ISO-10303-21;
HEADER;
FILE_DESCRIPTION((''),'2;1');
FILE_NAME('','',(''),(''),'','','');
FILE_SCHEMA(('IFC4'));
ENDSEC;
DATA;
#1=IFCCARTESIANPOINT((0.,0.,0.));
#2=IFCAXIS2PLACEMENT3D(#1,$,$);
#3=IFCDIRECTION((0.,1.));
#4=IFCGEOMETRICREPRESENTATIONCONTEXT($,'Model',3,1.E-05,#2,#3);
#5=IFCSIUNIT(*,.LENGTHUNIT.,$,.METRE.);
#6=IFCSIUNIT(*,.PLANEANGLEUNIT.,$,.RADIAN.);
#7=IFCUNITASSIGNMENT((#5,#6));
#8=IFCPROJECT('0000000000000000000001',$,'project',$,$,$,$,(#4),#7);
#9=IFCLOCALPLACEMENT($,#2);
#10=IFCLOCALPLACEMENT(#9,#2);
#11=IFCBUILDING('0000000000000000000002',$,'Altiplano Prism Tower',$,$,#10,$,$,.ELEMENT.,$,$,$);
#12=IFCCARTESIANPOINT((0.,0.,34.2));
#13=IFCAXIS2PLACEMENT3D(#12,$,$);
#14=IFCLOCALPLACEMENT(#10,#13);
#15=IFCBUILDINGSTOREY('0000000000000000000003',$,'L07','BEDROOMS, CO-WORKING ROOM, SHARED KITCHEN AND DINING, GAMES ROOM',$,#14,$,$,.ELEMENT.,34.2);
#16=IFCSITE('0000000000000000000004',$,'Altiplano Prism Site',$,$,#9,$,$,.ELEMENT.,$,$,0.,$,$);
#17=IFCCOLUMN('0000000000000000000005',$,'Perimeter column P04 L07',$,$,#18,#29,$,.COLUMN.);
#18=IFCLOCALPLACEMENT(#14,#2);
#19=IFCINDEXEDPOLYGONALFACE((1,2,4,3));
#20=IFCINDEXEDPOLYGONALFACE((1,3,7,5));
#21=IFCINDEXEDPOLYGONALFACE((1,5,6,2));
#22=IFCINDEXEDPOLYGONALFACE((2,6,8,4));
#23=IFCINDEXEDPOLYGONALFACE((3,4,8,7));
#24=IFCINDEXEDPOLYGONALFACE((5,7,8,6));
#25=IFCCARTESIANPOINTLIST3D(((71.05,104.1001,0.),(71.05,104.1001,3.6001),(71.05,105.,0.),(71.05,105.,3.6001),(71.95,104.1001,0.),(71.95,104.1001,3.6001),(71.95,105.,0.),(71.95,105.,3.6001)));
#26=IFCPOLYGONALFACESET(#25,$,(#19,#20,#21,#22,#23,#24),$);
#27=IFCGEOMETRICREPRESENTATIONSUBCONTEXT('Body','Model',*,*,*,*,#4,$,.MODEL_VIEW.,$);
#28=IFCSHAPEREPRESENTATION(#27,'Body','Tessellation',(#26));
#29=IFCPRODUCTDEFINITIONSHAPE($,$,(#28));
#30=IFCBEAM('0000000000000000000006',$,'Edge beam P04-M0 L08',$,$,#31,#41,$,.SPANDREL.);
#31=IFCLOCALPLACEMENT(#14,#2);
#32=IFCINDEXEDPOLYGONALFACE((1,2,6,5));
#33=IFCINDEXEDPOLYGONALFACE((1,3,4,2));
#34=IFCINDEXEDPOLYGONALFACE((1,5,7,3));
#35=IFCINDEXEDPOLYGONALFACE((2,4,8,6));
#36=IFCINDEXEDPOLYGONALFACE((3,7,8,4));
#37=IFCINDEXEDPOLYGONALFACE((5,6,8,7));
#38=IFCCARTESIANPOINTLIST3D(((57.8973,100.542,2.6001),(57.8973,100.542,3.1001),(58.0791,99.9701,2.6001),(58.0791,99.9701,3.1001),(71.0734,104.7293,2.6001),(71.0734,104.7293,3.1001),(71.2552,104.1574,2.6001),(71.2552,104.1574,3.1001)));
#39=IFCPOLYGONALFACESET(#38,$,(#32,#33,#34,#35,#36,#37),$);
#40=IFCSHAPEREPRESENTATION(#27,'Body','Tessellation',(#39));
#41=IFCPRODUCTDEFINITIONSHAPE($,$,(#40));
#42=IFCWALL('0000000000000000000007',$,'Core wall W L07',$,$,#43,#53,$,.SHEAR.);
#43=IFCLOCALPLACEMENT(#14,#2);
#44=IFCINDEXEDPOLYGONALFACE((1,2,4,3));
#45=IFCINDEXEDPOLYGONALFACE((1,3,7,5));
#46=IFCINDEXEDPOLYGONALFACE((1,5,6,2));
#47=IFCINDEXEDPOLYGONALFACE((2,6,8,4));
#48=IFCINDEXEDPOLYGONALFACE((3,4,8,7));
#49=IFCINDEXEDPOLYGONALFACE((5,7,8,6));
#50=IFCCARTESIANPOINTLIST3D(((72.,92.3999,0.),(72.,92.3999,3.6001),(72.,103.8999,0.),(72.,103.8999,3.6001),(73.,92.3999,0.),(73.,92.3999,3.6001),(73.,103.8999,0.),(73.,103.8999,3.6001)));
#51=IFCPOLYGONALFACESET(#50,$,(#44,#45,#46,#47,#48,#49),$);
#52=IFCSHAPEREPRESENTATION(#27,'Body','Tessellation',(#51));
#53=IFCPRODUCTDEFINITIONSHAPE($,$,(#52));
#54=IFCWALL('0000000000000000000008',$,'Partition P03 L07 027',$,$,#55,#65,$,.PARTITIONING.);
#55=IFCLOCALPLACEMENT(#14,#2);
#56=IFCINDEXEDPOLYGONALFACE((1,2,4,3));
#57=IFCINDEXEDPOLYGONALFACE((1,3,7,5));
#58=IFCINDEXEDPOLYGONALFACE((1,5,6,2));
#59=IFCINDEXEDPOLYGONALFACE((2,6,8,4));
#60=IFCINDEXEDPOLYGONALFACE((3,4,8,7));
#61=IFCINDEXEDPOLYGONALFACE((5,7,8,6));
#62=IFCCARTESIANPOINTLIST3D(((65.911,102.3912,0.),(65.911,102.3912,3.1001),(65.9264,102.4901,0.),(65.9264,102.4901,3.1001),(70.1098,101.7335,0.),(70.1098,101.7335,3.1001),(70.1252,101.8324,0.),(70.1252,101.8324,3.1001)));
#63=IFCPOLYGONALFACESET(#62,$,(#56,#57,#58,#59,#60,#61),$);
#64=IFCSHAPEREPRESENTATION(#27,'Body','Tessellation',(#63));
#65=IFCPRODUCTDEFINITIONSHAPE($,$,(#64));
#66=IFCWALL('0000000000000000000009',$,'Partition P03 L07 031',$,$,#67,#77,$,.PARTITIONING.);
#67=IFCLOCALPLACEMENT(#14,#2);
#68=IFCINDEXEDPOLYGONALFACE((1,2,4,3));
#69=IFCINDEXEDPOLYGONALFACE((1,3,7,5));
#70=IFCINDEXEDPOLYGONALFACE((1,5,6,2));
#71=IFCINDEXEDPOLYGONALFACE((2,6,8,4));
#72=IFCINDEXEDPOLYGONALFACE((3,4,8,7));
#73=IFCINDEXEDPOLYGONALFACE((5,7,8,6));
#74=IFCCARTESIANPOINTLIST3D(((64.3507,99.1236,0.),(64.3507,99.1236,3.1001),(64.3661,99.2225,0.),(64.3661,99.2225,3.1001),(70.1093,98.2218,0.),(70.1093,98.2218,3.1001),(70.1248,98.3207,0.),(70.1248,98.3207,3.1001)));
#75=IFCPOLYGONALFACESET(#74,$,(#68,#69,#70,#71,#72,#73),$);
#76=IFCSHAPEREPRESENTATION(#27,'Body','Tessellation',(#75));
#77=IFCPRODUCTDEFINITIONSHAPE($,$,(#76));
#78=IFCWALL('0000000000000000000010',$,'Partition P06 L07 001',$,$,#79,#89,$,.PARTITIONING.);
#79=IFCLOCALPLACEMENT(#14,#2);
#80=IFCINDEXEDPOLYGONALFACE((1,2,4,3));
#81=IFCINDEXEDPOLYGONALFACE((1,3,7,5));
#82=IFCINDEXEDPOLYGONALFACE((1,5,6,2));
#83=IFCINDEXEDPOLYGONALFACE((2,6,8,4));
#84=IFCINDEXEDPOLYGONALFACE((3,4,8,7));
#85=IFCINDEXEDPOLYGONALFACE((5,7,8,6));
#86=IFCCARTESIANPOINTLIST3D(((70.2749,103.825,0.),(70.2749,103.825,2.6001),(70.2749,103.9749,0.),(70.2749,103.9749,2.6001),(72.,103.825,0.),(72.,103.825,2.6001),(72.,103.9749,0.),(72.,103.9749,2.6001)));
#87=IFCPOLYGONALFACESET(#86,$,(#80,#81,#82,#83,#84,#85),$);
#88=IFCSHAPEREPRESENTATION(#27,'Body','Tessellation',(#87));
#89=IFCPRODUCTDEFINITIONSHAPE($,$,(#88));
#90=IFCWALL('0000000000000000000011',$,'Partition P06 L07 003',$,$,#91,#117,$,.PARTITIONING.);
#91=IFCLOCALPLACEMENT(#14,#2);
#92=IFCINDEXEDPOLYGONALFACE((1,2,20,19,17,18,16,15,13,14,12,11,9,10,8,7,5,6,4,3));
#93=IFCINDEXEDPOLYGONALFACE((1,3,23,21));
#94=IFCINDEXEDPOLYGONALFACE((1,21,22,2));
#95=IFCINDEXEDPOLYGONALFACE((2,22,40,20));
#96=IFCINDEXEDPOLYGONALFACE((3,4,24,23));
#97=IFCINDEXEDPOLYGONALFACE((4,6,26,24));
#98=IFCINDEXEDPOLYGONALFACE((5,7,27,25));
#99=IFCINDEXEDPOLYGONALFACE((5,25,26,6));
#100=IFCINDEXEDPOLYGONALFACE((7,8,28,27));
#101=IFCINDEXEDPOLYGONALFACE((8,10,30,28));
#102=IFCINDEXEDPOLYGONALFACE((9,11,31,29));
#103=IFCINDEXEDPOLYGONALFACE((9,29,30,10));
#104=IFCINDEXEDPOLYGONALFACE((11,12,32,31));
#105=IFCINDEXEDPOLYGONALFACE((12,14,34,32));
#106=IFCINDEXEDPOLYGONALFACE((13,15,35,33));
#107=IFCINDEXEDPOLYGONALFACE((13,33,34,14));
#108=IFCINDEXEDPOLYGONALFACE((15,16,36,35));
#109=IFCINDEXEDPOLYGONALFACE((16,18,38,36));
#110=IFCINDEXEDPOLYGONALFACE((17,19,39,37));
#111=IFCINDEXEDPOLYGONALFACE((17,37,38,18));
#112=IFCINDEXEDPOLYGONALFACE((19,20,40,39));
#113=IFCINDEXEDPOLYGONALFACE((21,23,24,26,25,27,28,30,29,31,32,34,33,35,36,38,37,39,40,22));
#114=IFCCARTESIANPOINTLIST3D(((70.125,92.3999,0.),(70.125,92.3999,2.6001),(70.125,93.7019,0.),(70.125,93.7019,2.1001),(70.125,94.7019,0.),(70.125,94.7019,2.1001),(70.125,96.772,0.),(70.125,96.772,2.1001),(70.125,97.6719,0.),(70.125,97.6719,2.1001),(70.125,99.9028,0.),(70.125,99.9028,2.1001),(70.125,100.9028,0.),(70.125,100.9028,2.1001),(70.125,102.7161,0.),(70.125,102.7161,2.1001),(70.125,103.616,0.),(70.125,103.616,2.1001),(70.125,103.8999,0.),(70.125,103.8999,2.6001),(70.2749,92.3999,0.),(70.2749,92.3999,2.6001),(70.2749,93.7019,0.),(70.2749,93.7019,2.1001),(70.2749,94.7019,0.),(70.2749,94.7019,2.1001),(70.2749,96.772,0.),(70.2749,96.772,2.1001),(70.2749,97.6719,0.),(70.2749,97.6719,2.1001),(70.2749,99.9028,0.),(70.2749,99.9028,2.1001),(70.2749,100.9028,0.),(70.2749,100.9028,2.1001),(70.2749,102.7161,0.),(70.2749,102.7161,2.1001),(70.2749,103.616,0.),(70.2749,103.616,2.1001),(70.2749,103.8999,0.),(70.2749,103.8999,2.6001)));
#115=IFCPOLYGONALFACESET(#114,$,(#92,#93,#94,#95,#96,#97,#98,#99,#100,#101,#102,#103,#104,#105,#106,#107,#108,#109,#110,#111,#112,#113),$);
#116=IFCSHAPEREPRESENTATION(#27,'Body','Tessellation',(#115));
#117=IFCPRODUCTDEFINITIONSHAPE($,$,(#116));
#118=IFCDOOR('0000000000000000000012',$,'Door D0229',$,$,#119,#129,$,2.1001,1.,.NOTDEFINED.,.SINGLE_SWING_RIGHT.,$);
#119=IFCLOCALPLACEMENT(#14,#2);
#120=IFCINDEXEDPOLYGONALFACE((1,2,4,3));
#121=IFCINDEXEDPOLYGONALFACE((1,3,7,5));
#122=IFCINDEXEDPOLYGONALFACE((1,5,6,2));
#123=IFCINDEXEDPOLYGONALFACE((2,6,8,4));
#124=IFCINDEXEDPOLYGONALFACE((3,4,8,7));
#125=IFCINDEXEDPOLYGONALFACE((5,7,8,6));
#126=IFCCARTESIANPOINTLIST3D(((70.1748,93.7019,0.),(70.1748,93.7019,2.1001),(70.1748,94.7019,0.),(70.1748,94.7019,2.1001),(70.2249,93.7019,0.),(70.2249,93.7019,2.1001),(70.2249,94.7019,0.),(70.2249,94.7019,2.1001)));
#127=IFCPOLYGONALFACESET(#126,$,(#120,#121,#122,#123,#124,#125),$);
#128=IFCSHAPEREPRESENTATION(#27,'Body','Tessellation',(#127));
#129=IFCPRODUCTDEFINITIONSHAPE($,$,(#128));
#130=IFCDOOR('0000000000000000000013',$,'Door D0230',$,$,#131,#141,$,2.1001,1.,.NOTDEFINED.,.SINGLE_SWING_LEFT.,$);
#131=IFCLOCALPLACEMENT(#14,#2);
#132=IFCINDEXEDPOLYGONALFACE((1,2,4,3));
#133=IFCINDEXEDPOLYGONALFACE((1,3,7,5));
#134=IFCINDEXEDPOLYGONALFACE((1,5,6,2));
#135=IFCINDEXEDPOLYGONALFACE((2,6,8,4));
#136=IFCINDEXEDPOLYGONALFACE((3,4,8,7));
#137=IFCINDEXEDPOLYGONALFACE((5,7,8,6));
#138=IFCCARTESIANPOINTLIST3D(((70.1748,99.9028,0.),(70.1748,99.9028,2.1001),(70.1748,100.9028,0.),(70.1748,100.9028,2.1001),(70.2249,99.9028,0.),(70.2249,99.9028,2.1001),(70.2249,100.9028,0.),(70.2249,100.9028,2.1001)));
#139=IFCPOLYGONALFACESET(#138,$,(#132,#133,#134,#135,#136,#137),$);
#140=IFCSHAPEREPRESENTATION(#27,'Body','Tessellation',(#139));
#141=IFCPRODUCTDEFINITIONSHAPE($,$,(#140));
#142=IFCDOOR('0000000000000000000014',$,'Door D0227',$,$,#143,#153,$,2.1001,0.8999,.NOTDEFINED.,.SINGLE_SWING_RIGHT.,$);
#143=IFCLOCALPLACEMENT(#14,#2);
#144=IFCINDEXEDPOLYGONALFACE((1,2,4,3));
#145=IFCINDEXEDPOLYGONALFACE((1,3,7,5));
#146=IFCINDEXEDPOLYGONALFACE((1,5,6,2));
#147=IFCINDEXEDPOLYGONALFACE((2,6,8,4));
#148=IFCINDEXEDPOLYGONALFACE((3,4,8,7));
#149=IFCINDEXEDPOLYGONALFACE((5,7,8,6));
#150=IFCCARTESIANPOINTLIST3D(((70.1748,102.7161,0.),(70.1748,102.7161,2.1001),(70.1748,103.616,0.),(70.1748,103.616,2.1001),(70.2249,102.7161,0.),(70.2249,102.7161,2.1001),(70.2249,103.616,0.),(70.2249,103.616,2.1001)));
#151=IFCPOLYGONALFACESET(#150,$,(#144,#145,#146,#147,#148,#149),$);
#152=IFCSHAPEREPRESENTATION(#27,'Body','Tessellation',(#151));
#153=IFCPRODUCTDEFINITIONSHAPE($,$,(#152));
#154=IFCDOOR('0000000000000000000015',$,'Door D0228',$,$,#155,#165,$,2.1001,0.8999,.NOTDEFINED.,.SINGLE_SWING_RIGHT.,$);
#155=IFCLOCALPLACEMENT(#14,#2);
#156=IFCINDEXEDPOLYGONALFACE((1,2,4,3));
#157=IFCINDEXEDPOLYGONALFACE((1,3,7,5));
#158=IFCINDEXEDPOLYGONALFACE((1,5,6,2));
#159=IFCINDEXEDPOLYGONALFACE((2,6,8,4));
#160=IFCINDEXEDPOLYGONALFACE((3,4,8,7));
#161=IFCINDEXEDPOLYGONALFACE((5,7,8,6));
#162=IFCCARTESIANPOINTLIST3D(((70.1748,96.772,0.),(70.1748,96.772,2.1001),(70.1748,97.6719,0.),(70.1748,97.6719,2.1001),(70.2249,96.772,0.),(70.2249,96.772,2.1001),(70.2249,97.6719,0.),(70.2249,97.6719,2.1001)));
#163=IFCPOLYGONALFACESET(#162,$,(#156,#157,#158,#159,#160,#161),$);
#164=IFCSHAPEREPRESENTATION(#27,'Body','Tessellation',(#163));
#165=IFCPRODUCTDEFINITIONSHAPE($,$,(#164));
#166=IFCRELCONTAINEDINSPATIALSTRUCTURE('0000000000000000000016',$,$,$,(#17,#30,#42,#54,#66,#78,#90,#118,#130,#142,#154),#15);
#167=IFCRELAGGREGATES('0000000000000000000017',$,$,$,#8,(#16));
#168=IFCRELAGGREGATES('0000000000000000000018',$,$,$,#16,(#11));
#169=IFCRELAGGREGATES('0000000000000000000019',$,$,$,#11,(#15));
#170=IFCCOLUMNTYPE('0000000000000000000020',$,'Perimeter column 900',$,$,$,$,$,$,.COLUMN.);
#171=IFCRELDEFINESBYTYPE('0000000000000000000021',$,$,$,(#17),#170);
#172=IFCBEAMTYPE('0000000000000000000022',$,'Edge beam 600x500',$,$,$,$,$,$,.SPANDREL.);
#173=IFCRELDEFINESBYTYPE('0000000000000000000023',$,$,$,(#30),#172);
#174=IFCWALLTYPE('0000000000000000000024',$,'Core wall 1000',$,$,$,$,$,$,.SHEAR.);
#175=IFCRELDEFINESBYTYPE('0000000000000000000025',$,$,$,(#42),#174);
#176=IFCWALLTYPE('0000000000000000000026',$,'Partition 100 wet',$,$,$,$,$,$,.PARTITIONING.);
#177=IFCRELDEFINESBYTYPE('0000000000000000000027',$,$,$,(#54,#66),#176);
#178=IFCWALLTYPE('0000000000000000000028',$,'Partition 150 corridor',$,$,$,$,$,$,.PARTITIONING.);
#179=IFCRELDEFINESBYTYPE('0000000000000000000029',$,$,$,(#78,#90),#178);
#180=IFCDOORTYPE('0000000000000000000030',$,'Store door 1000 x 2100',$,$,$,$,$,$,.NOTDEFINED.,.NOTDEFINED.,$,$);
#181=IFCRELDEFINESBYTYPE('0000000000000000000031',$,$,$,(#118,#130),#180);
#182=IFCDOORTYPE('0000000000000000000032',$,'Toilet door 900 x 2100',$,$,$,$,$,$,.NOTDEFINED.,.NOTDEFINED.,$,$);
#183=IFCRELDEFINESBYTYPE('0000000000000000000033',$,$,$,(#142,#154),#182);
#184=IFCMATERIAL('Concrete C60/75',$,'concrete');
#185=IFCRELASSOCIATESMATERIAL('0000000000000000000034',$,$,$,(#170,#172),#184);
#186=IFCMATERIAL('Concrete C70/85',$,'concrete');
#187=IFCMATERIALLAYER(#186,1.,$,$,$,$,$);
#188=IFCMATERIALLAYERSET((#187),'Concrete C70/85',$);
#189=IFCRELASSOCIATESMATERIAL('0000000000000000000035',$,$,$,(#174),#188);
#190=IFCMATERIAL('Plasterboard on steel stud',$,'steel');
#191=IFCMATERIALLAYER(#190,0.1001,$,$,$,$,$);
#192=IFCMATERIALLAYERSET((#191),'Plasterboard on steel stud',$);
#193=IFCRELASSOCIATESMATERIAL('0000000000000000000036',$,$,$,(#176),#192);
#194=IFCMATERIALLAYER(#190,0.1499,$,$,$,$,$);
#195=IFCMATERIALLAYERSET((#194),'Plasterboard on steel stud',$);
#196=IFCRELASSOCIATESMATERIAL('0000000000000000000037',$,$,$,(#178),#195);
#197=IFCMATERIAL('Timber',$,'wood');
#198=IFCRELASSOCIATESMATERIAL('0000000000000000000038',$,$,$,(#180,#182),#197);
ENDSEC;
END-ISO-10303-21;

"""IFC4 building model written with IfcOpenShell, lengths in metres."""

from ifc_helpers import new_model, si_unit, direction, frame, frame_2d, origin, origin_2d, place, context, subcontext, project, spatial, rectangle, extrude, material, layer, layer_set, material_profile, profile_set, type_object, element, fill, save


model = new_model("IFC4")

# Units and contexts
model_context = context("Model", 3, precision=1e-05, world=origin(), true_north=direction((0.0, 1.0)))
body_context = subcontext(model_context, "Body", "Model", "MODEL_VIEW")
ifc_project = project(units=[si_unit("LENGTHUNIT", "METRE"), si_unit("PLANEANGLEUNIT", "RADIAN")], contexts=[model_context])

# Site, building, storey
site_placement = place(None, origin())
site = spatial("IfcSite", under=ifc_project, at=site_placement, Name="Altiplano Prism Site", CompositionType="ELEMENT", RefElevation=0.0)
building_placement = place(site_placement, origin())
building = spatial("IfcBuilding", under=site, at=building_placement, Name="Altiplano Prism Tower", CompositionType="ELEMENT")
storey_placement = place(building_placement, frame((0.0, 0.0, 34.2)))
storey = spatial("IfcBuildingStorey", under=building, at=storey_placement, Name="L07", Description="BEDROOMS, CO-WORKING ROOM, SHARED KITCHEN AND DINING, GAMES ROOM", CompositionType="ELEMENT", Elevation=34.2)

# Column
ifc_material_1 = material(Name="Concrete C60/75", Category="concrete")
ifc_material_profile_1 = material_profile(ifc_material_1, rectangle(XDim=0.8999, YDim=0.8999, at=origin_2d()), Name="Perimeter column 900")
ifc_profile_set_1 = profile_set([ifc_material_profile_1], Name="Concrete C60/75")
column_type = type_object("IfcColumnType", Name="Perimeter column 900", PredefinedType="COLUMN", material=ifc_profile_set_1)
column_placement = place(storey_placement, frame((71.5, 104.55, 0.0), z_axis=(0.0, 0.0, 1.0), x_axis=(1.0, 0.0, 0.0)))
element("IfcColumn", 1, at=column_placement, inside=storey, type_object=column_type, Name="Perimeter column P04 L07", PredefinedType="COLUMN", context=body_context, shape_type="SweptSolid", body=[
    extrude(rectangle(XDim=0.8999, YDim=0.8999, at=origin_2d()), origin(), (0.0, 0.0, 1.0), 3.6001),
])

# Beam
ifc_material_profile_2 = material_profile(ifc_material_1, rectangle(XDim=0.6001, YDim=0.5, at=origin_2d()), Name="Edge beam 600x500")
ifc_profile_set_2 = profile_set([ifc_material_profile_2], Name="Concrete C60/75")
beam_type = type_object("IfcBeamType", Name="Edge beam 600x500", PredefinedType="SPANDREL", material=ifc_profile_set_2)
beam_placement = place(storey_placement, frame((71.1643, 104.4434, 2.8501), z_axis=(-0.953033, -0.302868, 0.0), x_axis=(0.302868, -0.953033, 0.0)))
element("IfcBeam", 2, at=beam_placement, inside=storey, type_object=beam_type, Name="Edge beam P04-M0 L08", PredefinedType="SPANDREL", context=body_context, shape_type="SweptSolid", body=[
    extrude(rectangle(XDim=0.6001, YDim=0.5, at=origin_2d()), origin(), (0.0, 0.0, 1.0), 13.8254),
])

# Walls
ifc_material_2 = material(Name="Concrete C70/85", Category="concrete")
ifc_layer_1 = layer(ifc_material_2, 1.0)
ifc_layer_set_1 = layer_set([ifc_layer_1], Name="Concrete C70/85")
wall_type_1 = type_object("IfcWallType", Name="Core wall 1000", PredefinedType="SHEAR", material=ifc_layer_set_1)
wall_1_placement = place(storey_placement, frame((72.5, 103.8999, 0.0), z_axis=(0.0, 0.0, 1.0), x_axis=(0.0, -1.0, 0.0)))
element("IfcWall", 3, at=wall_1_placement, inside=storey, type_object=wall_type_1, Name="Core wall W L07", PredefinedType="SHEAR", context=body_context, shape_type="SweptSolid", body=[
    extrude(rectangle(XDim=11.5, YDim=1.0, at=frame_2d((5.75, 0.0))), origin(), (0.0, 0.0, 1.0), 3.6001),
])
ifc_material_3 = material(Name="Plasterboard on steel stud", Category="steel")
ifc_layer_2 = layer(ifc_material_3, 0.1001)
ifc_layer_set_2 = layer_set([ifc_layer_2], Name="Plasterboard on steel stud")
wall_type_2 = type_object("IfcWallType", Name="Partition 100 wet", PredefinedType="PARTITIONING", material=ifc_layer_set_2)
wall_2_placement = place(storey_placement, frame((65.9187, 102.4407, 0.0), z_axis=(0.0, 0.0, 1.0), x_axis=(0.987952, -0.154759, 0.0)))
element("IfcWall", 4, at=wall_2_placement, inside=storey, type_object=wall_type_2, Name="Partition P03 L07 027", PredefinedType="PARTITIONING", context=body_context, shape_type="SweptSolid", body=[
    extrude(rectangle(XDim=4.25, YDim=0.1001, at=frame_2d((2.125, 0.0))), origin(), (0.0, 0.0, 1.0), 3.1001),
])
wall_3_placement = place(storey_placement, frame((70.1172, 98.2712, 0.0), z_axis=(0.0, 0.0, 1.0), x_axis=(-0.987958, 0.154719, 0.0)))
element("IfcWall", 5, at=wall_3_placement, inside=storey, type_object=wall_type_2, Name="Partition P03 L07 031", PredefinedType="PARTITIONING", context=body_context, shape_type="SweptSolid", body=[
    extrude(rectangle(XDim=5.8289, YDim=0.1001, at=frame_2d((2.9146, 0.0))), origin(), (0.0, 0.0, 1.0), 3.1001),
])
ifc_layer_3 = layer(ifc_material_3, 0.1499)
ifc_layer_set_3 = layer_set([ifc_layer_3], Name="Plasterboard on steel stud")
wall_type_3 = type_object("IfcWallType", Name="Partition 150 corridor", PredefinedType="PARTITIONING", material=ifc_layer_set_3)
wall_4_placement = place(storey_placement, frame((72.0, 103.8999, 0.0), z_axis=(0.0, 0.0, 1.0), x_axis=(-1.0, 0.0, 0.0)))
element("IfcWall", 6, at=wall_4_placement, inside=storey, type_object=wall_type_3, Name="Partition P06 L07 001", PredefinedType="PARTITIONING", context=body_context, shape_type="SweptSolid", body=[
    extrude(rectangle(XDim=1.7251, YDim=0.1499, at=frame_2d((0.8625, 0.0))), origin(), (0.0, 0.0, 1.0), 2.6001),
])

# Wall, openings, doors
wall_5_placement = place(storey_placement, frame((70.2, 103.8999, 0.0), z_axis=(0.0, 0.0, 1.0), x_axis=(0.0, -1.0, 0.0)))
wall_5 = element("IfcWall", 7, at=wall_5_placement, inside=storey, type_object=wall_type_3, Name="Partition P06 L07 003", PredefinedType="PARTITIONING", context=body_context, shape_type="SweptSolid", body=[
    extrude(rectangle(XDim=11.5, YDim=0.1499, at=frame_2d((5.75, 0.0))), origin(), (0.0, 0.0, 1.0), 2.6001),
])
opening_1_placement = place(wall_5_placement, frame((0.2839, 0.0, 0.0)))
opening_1 = element("IfcOpeningElement", 8, at=opening_1_placement, cuts=wall_5, PredefinedType="OPENING", context=body_context, shape_type="SweptSolid", body=[
    extrude(rectangle(XDim=0.8999, YDim=2.1001, at=frame_2d((0.45, 1.05))), frame((0.0, 0.0854, 0.0), z_axis=(0.0, -1.0, 0.0), x_axis=(1.0, 0.0, 0.0)), (0.0, 0.0, 1.0), 0.1709),
])
opening_2_placement = place(wall_5_placement, frame((6.228, 0.0, 0.0)))
opening_2 = element("IfcOpeningElement", 9, at=opening_2_placement, cuts=wall_5, PredefinedType="OPENING", context=body_context, shape_type="SweptSolid", body=[
    extrude(rectangle(XDim=0.8999, YDim=2.1001, at=frame_2d((0.45, 1.05))), frame((0.0, 0.0854, 0.0), z_axis=(0.0, -1.0, 0.0), x_axis=(1.0, 0.0, 0.0)), (0.0, 0.0, 1.0), 0.1709),
])
opening_3_placement = place(wall_5_placement, frame((9.198, 0.0, 0.0)))
opening_3 = element("IfcOpeningElement", 10, at=opening_3_placement, cuts=wall_5, PredefinedType="OPENING", context=body_context, shape_type="SweptSolid", body=[
    extrude(rectangle(XDim=1.0, YDim=2.1001, at=frame_2d((0.5, 1.05))), frame((0.0, 0.0854, 0.0), z_axis=(0.0, -1.0, 0.0), x_axis=(1.0, 0.0, 0.0)), (0.0, 0.0, 1.0), 0.1709),
])
opening_4_placement = place(wall_5_placement, frame((2.9971, 0.0, 0.0)))
opening_4 = element("IfcOpeningElement", 11, at=opening_4_placement, cuts=wall_5, PredefinedType="OPENING", context=body_context, shape_type="SweptSolid", body=[
    extrude(rectangle(XDim=1.0, YDim=2.1001, at=frame_2d((0.5, 1.05))), frame((0.0, 0.0854, 0.0), z_axis=(0.0, -1.0, 0.0), x_axis=(1.0, 0.0, 0.0)), (0.0, 0.0, 1.0), 0.1709),
])
ifc_material_4 = material(Name="Timber", Category="wood")
door_type_1 = type_object("IfcDoorType", Name="Store door 1000 x 2100", OperationType="NOTDEFINED", PredefinedType="NOTDEFINED", material=ifc_material_4)
door_1_placement = place(opening_3_placement, origin())
door_1 = element("IfcDoor", 12, at=door_1_placement, inside=storey, type_object=door_type_1, Name="Door D0229", OperationType="SINGLE_SWING_RIGHT", OverallHeight=2.1001, OverallWidth=1.0, PredefinedType="NOTDEFINED", context=body_context, shape_type="SweptSolid", body=[
    extrude(rectangle(XDim=1.0, YDim=2.1001, at=frame_2d((0.5, 1.05))), frame((0.0, 0.0249, 0.0), z_axis=(0.0, -1.0, 0.0), x_axis=(1.0, 0.0, 0.0)), (0.0, 0.0, 1.0), 0.05),
])
fill(opening_3, door_1)
door_2_placement = place(opening_4_placement, origin())
door_2 = element("IfcDoor", 13, at=door_2_placement, inside=storey, type_object=door_type_1, Name="Door D0230", OperationType="SINGLE_SWING_LEFT", OverallHeight=2.1001, OverallWidth=1.0, PredefinedType="NOTDEFINED", context=body_context, shape_type="SweptSolid", body=[
    extrude(rectangle(XDim=1.0, YDim=2.1001, at=frame_2d((0.5, 1.05))), frame((0.0, 0.0249, 0.0), z_axis=(0.0, -1.0, 0.0), x_axis=(1.0, 0.0, 0.0)), (0.0, 0.0, 1.0), 0.05),
])
fill(opening_4, door_2)
door_type_2 = type_object("IfcDoorType", Name="Toilet door 900 x 2100", OperationType="NOTDEFINED", PredefinedType="NOTDEFINED", material=ifc_material_4)
door_3_placement = place(opening_1_placement, origin())
door_3 = element("IfcDoor", 14, at=door_3_placement, inside=storey, type_object=door_type_2, Name="Door D0227", OperationType="SINGLE_SWING_RIGHT", OverallHeight=2.1001, OverallWidth=0.8999, PredefinedType="NOTDEFINED", context=body_context, shape_type="SweptSolid", body=[
    extrude(rectangle(XDim=0.8999, YDim=2.1001, at=frame_2d((0.45, 1.05))), frame((0.0, 0.0249, 0.0), z_axis=(0.0, -1.0, 0.0), x_axis=(1.0, 0.0, 0.0)), (0.0, 0.0, 1.0), 0.05),
])
fill(opening_1, door_3)
door_4_placement = place(opening_2_placement, origin())
door_4 = element("IfcDoor", 15, at=door_4_placement, inside=storey, type_object=door_type_2, Name="Door D0228", OperationType="SINGLE_SWING_RIGHT", OverallHeight=2.1001, OverallWidth=0.8999, PredefinedType="NOTDEFINED", context=body_context, shape_type="SweptSolid", body=[
    extrude(rectangle(XDim=0.8999, YDim=2.1001, at=frame_2d((0.45, 1.05))), frame((0.0, 0.0249, 0.0), z_axis=(0.0, -1.0, 0.0), x_axis=(1.0, 0.0, 0.0)), (0.0, 0.0, 1.0), 0.05),
])
fill(opening_2, door_4)

save(model, "model.ifc")
